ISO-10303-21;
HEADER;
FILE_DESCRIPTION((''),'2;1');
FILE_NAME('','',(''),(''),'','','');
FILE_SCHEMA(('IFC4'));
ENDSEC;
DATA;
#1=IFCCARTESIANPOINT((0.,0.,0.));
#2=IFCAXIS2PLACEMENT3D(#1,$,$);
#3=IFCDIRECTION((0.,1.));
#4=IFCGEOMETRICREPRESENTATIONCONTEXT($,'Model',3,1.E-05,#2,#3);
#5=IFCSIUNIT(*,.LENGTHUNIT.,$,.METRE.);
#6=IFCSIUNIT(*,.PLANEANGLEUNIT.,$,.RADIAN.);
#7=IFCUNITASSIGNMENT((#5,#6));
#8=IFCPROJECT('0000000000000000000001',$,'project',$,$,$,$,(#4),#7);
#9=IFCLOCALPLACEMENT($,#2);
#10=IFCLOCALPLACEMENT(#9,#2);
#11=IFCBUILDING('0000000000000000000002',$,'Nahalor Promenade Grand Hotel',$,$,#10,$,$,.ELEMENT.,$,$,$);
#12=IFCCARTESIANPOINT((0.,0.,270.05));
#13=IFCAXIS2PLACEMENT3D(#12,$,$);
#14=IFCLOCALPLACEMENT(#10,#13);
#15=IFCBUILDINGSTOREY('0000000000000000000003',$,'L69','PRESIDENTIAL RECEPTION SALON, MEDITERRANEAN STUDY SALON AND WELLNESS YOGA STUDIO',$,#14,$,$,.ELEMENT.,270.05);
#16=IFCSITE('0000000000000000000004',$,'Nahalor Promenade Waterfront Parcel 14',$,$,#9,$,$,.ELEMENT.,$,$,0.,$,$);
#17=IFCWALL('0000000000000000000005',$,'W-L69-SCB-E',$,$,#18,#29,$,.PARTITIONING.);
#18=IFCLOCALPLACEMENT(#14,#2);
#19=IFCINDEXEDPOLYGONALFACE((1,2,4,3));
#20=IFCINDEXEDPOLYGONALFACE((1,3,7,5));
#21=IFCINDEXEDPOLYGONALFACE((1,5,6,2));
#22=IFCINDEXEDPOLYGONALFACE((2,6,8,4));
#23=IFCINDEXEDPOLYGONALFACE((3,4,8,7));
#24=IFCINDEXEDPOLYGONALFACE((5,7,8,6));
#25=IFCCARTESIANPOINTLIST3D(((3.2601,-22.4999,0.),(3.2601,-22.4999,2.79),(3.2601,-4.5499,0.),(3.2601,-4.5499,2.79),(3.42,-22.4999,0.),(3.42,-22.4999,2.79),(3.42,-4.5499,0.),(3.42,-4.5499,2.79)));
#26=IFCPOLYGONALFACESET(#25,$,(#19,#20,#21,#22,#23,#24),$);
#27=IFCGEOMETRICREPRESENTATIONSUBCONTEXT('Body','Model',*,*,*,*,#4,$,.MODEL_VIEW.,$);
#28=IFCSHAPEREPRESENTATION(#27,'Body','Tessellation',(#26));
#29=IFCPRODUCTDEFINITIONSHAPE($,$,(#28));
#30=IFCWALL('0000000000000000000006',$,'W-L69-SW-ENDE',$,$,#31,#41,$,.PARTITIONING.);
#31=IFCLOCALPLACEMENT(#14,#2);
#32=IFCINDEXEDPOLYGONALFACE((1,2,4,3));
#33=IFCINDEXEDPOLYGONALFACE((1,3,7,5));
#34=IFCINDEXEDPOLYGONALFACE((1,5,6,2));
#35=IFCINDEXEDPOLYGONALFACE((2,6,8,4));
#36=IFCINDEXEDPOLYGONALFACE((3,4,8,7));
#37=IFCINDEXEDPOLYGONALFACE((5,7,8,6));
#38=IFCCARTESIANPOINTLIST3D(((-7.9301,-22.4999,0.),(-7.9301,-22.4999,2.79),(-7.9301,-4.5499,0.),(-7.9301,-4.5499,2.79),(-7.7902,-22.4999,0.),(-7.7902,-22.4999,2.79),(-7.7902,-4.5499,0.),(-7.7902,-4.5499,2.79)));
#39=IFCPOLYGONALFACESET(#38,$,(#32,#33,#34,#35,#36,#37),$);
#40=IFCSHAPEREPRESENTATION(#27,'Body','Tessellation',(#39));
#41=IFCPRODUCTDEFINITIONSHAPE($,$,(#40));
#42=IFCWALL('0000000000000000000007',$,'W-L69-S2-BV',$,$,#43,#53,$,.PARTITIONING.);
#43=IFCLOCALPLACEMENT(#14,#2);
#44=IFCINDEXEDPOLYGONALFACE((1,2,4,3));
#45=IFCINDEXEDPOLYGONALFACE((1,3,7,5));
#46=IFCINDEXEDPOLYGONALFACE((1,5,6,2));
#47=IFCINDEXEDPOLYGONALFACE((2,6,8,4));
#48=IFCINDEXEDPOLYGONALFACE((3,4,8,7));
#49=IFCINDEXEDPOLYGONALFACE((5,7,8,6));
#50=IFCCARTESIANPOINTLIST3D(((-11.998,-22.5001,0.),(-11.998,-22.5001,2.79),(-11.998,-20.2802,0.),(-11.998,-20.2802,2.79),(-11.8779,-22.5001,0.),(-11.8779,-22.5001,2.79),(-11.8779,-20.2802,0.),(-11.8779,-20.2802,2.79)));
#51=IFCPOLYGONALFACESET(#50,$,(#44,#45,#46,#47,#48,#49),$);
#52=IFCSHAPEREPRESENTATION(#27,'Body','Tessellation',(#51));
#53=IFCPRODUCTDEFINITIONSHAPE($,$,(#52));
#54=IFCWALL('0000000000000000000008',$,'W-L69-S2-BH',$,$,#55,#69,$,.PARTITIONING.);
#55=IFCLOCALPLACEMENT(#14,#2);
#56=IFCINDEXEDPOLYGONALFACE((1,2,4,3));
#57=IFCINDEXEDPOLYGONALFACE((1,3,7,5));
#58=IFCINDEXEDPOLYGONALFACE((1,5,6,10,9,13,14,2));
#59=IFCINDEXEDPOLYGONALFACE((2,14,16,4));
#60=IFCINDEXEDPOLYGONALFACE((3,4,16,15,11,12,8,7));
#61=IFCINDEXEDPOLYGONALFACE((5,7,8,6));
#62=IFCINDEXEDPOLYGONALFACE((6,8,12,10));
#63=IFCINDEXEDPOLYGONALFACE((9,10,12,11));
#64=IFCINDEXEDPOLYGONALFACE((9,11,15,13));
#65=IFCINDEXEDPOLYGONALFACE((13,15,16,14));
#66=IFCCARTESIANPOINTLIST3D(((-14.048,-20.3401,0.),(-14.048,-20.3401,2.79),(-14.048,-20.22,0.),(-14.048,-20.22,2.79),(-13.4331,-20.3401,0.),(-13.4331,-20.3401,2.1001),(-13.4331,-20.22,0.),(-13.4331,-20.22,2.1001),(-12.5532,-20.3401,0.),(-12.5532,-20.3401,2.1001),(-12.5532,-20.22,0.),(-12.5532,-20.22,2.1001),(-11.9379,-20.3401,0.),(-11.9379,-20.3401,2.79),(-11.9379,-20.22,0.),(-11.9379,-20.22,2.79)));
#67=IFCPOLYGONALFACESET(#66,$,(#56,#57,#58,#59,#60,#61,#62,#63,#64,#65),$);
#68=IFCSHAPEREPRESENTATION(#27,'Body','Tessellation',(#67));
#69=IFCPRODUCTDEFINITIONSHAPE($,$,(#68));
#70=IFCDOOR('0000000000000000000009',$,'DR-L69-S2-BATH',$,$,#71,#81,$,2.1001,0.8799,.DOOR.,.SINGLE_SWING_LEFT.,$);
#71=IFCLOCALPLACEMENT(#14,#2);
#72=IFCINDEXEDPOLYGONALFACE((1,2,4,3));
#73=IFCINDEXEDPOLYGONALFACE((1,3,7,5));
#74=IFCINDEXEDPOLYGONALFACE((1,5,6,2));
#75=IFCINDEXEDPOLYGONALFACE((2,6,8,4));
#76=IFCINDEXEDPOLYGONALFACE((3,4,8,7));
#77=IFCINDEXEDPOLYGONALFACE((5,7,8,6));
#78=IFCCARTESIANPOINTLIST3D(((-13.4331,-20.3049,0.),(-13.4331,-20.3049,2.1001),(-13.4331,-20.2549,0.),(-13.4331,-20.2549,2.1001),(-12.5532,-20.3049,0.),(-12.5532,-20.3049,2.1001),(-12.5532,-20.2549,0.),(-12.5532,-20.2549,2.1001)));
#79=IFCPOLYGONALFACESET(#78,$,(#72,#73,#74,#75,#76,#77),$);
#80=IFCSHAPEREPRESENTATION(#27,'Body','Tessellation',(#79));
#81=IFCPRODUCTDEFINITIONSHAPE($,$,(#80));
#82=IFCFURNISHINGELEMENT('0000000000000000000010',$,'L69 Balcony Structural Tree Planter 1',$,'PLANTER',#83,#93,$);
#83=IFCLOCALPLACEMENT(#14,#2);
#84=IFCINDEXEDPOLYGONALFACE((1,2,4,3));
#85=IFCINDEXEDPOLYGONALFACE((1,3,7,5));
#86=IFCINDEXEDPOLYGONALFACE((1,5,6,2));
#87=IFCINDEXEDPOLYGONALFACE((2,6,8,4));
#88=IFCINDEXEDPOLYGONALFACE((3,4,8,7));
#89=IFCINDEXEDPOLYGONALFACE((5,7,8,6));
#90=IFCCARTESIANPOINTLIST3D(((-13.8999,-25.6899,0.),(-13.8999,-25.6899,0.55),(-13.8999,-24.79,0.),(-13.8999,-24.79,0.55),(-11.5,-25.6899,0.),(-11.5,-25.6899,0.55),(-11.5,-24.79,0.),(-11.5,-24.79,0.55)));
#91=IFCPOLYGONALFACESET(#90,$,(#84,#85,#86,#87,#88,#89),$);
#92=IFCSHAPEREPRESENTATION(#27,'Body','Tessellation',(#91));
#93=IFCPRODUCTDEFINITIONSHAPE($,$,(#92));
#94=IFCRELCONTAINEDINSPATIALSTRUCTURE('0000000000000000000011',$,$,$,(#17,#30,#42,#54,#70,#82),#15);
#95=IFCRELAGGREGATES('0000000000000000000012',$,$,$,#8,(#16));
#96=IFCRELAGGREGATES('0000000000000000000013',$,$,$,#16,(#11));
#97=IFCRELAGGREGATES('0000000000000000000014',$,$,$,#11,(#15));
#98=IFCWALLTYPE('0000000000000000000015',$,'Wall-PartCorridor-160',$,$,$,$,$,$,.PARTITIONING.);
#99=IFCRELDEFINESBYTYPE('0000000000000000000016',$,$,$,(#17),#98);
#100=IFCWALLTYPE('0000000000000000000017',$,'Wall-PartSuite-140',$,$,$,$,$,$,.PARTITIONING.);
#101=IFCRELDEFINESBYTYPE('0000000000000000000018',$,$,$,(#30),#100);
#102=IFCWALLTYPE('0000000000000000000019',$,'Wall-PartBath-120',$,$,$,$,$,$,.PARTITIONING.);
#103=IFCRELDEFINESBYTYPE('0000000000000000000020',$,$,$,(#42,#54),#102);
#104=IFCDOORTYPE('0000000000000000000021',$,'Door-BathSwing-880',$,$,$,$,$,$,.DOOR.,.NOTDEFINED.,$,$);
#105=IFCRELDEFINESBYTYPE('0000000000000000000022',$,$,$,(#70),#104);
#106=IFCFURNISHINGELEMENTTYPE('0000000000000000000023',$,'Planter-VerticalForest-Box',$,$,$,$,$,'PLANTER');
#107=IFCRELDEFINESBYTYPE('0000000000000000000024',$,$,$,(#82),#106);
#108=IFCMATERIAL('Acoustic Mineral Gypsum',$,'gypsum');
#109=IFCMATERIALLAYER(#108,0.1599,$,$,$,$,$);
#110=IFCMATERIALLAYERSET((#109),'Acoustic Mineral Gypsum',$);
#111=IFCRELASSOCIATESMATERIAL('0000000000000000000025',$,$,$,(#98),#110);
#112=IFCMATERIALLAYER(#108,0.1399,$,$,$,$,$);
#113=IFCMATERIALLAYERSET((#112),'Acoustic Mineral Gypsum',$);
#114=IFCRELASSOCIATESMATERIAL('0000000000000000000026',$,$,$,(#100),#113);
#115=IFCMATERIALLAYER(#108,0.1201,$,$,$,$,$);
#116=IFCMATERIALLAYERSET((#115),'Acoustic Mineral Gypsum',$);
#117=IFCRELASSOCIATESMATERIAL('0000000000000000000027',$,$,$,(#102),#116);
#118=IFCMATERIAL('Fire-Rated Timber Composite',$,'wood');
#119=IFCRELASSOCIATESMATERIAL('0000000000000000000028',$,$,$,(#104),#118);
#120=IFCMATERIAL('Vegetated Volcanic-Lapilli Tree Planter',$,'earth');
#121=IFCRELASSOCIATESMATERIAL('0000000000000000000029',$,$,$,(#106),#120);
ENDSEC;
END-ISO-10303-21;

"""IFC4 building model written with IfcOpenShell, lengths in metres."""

from ifc_helpers import new_model, si_unit, direction, frame, frame_2d, origin, origin_2d, place, context, subcontext, project, spatial, rectangle, extrude, source, transform, mapped, material, layer, layer_set, type_object, element, fill, save


model = new_model("IFC4")

# Units and contexts
model_context = context("Model", 3, precision=1e-05, world=origin(), true_north=direction((0.0, 1.0)))
body_context = subcontext(model_context, "Body", "Model", "MODEL_VIEW")
ifc_project = project(units=[si_unit("LENGTHUNIT", "METRE"), si_unit("PLANEANGLEUNIT", "RADIAN")], contexts=[model_context])

# Site, building, storey
site_placement = place(None, origin())
site = spatial("IfcSite", under=ifc_project, at=site_placement, Name="Nahalor Promenade Waterfront Parcel 14", CompositionType="ELEMENT", RefElevation=0.0)
building_placement = place(site_placement, origin())
building = spatial("IfcBuilding", under=site, at=building_placement, Name="Nahalor Promenade Grand Hotel", CompositionType="ELEMENT")
storey_placement = place(building_placement, frame((0.0, 0.0, 270.05)))
storey = spatial("IfcBuildingStorey", under=building, at=storey_placement, Name="L69", Description="PRESIDENTIAL RECEPTION SALON, MEDITERRANEAN STUDY SALON AND WELLNESS YOGA STUDIO", CompositionType="ELEMENT", Elevation=270.05)

# Walls
ifc_material_1 = material(Name="Acoustic Mineral Gypsum", Category="gypsum")
ifc_layer_1 = layer(ifc_material_1, 0.1599)
ifc_layer_set_1 = layer_set([ifc_layer_1], Name="Acoustic Mineral Gypsum")
wall_type_1 = type_object("IfcWallType", Name="Wall-PartCorridor-160", PredefinedType="PARTITIONING", material=ifc_layer_set_1)
shared_shape_1 = source(origin(), body_context, "Body", "SweptSolid", [
    extrude(rectangle(XDim=17.95, YDim=0.1599, at=frame_2d((8.9751, 0.0))), origin(), (0.0, 0.0, 1.0), 2.79),
])
for number, where, z_axis, x_axis, name in (
    (1, (3.3401, -22.5, 0.0), (0.0, 0.0, 1.0), (0.0, 1.0, 0.0), "W-L69-SCB-E"),
):
    element("IfcWall", number, at=place(storey_placement, frame(where, z_axis=z_axis, x_axis=x_axis)), inside=storey, type_object=wall_type_1, Name=name, PredefinedType="PARTITIONING", context=body_context, shape_type="MappedRepresentation", body=[
        mapped(shared_shape_1, transform((0.0, 0.0, 0.0), scale=1.0)),
    ])
ifc_layer_2 = layer(ifc_material_1, 0.1399)
ifc_layer_set_2 = layer_set([ifc_layer_2], Name="Acoustic Mineral Gypsum")
wall_type_2 = type_object("IfcWallType", Name="Wall-PartSuite-140", PredefinedType="PARTITIONING", material=ifc_layer_set_2)
shared_shape_2 = source(origin(), body_context, "Body", "SweptSolid", [
    extrude(rectangle(XDim=17.95, YDim=0.1399, at=frame_2d((8.9751, 0.0))), origin(), (0.0, 0.0, 1.0), 2.79),
])
wall_1_placement = place(storey_placement, frame((-7.8601, -22.5, 0.0), z_axis=(0.0, 0.0, 1.0), x_axis=(0.0, 1.0, 0.0)))
element("IfcWall", 2, at=wall_1_placement, inside=storey, type_object=wall_type_2, Name="W-L69-SW-ENDE", PredefinedType="PARTITIONING", context=body_context, shape_type="MappedRepresentation", body=[
    mapped(shared_shape_2, transform((0.0, 0.0, 0.0), scale=1.0)),
])
ifc_layer_3 = layer(ifc_material_1, 0.1201)
ifc_layer_set_3 = layer_set([ifc_layer_3], Name="Acoustic Mineral Gypsum")
wall_type_3 = type_object("IfcWallType", Name="Wall-PartBath-120", PredefinedType="PARTITIONING", material=ifc_layer_set_3)
shared_shape_3 = source(origin(), body_context, "Body", "SweptSolid", [
    extrude(rectangle(XDim=2.22, YDim=0.1201, at=frame_2d((1.1099, 0.0))), origin(), (0.0, 0.0, 1.0), 2.79),
])
wall_2_placement = place(storey_placement, frame((-11.938, -22.5, 0.0), z_axis=(0.0, 0.0, 1.0), x_axis=(0.0, 1.0, 0.0)))
element("IfcWall", 3, at=wall_2_placement, inside=storey, type_object=wall_type_3, Name="W-L69-S2-BV", PredefinedType="PARTITIONING", context=body_context, shape_type="MappedRepresentation", body=[
    mapped(shared_shape_3, transform((0.0, 0.0, 0.0), scale=1.0)),
])

# Wall, opening, door
shared_shape_4 = source(origin(), body_context, "Body", "SweptSolid", [
    extrude(rectangle(XDim=2.1101, YDim=0.1201, at=frame_2d((1.0552, 0.0))), origin(), (0.0, 0.0, 1.0), 2.79),
])
wall_3_placement = place(storey_placement, frame((-14.0481, -20.28, 0.0), z_axis=(0.0, 0.0, 1.0), x_axis=(1.0, 0.0, 0.0)))
wall_3 = element("IfcWall", 4, at=wall_3_placement, inside=storey, type_object=wall_type_3, Name="W-L69-S2-BH", PredefinedType="PARTITIONING", context=body_context, shape_type="MappedRepresentation", body=[
    mapped(shared_shape_4, transform((0.0, 0.0, 0.0), scale=1.0)),
])
opening_placement = place(wall_3_placement, frame((0.615, 0.0, 0.0)))
opening = element("IfcOpeningElement", 5, at=opening_placement, cuts=wall_3, PredefinedType="OPENING", context=body_context, shape_type="SweptSolid", body=[
    extrude(rectangle(XDim=0.8799, YDim=2.1001, at=frame_2d((0.4399, 1.05))), frame((0.0, 0.0701, 0.0), z_axis=(0.0, -1.0, 0.0), x_axis=(1.0, 0.0, 0.0)), (0.0, 0.0, 1.0), 0.1401),
])
ifc_material_2 = material(Name="Fire-Rated Timber Composite", Category="wood")
door_type = type_object("IfcDoorType", Name="Door-BathSwing-880", OperationType="NOTDEFINED", PredefinedType="DOOR", material=ifc_material_2)
shared_shape_5 = source(origin(), body_context, "Body", "SweptSolid", [
    extrude(rectangle(XDim=0.8799, YDim=2.1001, at=frame_2d((0.4399, 1.05))), frame((0.0, 0.0249, 0.0), z_axis=(0.0, -1.0, 0.0), x_axis=(1.0, 0.0, 0.0)), (0.0, 0.0, 1.0), 0.05),
])
door_placement = place(opening_placement, frame((0.8799, 0.0, 0.0), z_axis=(0.0, 0.0, 1.0), x_axis=(-1.0, 0.0, 0.0)))
door = element("IfcDoor", 6, at=door_placement, inside=storey, type_object=door_type, Name="DR-L69-S2-BATH", OperationType="SINGLE_SWING_LEFT", OverallHeight=2.1001, OverallWidth=0.8799, PredefinedType="DOOR", context=body_context, shape_type="MappedRepresentation", body=[
    mapped(shared_shape_5, transform((0.0, 0.0, 0.0), scale=1.0)),
])
fill(opening, door)

# Furnishing element
ifc_material_3 = material(Name="Vegetated Volcanic-Lapilli Tree Planter", Category="earth")
furnishing_element_type = type_object("IfcFurnishingElementType", Name="Planter-VerticalForest-Box", ElementType="PLANTER", material=ifc_material_3)
shared_shape_6 = source(origin(), body_context, "Body", "SweptSolid", [
    extrude(rectangle(XDim=2.3999, YDim=0.8999, at=origin_2d()), origin(), (0.0, 0.0, 1.0), 0.55),
])
furnishing_placement = place(storey_placement, frame((-12.7, -25.24, 0.0), z_axis=(0.0, 0.0, 1.0), x_axis=(1.0, 0.0, 0.0)))
element("IfcFurnishingElement", 7, at=furnishing_placement, inside=storey, type_object=furnishing_element_type, Name="L69 Balcony Structural Tree Planter 1", ObjectType="PLANTER", context=body_context, shape_type="MappedRepresentation", body=[
    mapped(shared_shape_6, transform((0.0, 0.0, 0.0), scale=1.0)),
])

save(model, "model.ifc")
